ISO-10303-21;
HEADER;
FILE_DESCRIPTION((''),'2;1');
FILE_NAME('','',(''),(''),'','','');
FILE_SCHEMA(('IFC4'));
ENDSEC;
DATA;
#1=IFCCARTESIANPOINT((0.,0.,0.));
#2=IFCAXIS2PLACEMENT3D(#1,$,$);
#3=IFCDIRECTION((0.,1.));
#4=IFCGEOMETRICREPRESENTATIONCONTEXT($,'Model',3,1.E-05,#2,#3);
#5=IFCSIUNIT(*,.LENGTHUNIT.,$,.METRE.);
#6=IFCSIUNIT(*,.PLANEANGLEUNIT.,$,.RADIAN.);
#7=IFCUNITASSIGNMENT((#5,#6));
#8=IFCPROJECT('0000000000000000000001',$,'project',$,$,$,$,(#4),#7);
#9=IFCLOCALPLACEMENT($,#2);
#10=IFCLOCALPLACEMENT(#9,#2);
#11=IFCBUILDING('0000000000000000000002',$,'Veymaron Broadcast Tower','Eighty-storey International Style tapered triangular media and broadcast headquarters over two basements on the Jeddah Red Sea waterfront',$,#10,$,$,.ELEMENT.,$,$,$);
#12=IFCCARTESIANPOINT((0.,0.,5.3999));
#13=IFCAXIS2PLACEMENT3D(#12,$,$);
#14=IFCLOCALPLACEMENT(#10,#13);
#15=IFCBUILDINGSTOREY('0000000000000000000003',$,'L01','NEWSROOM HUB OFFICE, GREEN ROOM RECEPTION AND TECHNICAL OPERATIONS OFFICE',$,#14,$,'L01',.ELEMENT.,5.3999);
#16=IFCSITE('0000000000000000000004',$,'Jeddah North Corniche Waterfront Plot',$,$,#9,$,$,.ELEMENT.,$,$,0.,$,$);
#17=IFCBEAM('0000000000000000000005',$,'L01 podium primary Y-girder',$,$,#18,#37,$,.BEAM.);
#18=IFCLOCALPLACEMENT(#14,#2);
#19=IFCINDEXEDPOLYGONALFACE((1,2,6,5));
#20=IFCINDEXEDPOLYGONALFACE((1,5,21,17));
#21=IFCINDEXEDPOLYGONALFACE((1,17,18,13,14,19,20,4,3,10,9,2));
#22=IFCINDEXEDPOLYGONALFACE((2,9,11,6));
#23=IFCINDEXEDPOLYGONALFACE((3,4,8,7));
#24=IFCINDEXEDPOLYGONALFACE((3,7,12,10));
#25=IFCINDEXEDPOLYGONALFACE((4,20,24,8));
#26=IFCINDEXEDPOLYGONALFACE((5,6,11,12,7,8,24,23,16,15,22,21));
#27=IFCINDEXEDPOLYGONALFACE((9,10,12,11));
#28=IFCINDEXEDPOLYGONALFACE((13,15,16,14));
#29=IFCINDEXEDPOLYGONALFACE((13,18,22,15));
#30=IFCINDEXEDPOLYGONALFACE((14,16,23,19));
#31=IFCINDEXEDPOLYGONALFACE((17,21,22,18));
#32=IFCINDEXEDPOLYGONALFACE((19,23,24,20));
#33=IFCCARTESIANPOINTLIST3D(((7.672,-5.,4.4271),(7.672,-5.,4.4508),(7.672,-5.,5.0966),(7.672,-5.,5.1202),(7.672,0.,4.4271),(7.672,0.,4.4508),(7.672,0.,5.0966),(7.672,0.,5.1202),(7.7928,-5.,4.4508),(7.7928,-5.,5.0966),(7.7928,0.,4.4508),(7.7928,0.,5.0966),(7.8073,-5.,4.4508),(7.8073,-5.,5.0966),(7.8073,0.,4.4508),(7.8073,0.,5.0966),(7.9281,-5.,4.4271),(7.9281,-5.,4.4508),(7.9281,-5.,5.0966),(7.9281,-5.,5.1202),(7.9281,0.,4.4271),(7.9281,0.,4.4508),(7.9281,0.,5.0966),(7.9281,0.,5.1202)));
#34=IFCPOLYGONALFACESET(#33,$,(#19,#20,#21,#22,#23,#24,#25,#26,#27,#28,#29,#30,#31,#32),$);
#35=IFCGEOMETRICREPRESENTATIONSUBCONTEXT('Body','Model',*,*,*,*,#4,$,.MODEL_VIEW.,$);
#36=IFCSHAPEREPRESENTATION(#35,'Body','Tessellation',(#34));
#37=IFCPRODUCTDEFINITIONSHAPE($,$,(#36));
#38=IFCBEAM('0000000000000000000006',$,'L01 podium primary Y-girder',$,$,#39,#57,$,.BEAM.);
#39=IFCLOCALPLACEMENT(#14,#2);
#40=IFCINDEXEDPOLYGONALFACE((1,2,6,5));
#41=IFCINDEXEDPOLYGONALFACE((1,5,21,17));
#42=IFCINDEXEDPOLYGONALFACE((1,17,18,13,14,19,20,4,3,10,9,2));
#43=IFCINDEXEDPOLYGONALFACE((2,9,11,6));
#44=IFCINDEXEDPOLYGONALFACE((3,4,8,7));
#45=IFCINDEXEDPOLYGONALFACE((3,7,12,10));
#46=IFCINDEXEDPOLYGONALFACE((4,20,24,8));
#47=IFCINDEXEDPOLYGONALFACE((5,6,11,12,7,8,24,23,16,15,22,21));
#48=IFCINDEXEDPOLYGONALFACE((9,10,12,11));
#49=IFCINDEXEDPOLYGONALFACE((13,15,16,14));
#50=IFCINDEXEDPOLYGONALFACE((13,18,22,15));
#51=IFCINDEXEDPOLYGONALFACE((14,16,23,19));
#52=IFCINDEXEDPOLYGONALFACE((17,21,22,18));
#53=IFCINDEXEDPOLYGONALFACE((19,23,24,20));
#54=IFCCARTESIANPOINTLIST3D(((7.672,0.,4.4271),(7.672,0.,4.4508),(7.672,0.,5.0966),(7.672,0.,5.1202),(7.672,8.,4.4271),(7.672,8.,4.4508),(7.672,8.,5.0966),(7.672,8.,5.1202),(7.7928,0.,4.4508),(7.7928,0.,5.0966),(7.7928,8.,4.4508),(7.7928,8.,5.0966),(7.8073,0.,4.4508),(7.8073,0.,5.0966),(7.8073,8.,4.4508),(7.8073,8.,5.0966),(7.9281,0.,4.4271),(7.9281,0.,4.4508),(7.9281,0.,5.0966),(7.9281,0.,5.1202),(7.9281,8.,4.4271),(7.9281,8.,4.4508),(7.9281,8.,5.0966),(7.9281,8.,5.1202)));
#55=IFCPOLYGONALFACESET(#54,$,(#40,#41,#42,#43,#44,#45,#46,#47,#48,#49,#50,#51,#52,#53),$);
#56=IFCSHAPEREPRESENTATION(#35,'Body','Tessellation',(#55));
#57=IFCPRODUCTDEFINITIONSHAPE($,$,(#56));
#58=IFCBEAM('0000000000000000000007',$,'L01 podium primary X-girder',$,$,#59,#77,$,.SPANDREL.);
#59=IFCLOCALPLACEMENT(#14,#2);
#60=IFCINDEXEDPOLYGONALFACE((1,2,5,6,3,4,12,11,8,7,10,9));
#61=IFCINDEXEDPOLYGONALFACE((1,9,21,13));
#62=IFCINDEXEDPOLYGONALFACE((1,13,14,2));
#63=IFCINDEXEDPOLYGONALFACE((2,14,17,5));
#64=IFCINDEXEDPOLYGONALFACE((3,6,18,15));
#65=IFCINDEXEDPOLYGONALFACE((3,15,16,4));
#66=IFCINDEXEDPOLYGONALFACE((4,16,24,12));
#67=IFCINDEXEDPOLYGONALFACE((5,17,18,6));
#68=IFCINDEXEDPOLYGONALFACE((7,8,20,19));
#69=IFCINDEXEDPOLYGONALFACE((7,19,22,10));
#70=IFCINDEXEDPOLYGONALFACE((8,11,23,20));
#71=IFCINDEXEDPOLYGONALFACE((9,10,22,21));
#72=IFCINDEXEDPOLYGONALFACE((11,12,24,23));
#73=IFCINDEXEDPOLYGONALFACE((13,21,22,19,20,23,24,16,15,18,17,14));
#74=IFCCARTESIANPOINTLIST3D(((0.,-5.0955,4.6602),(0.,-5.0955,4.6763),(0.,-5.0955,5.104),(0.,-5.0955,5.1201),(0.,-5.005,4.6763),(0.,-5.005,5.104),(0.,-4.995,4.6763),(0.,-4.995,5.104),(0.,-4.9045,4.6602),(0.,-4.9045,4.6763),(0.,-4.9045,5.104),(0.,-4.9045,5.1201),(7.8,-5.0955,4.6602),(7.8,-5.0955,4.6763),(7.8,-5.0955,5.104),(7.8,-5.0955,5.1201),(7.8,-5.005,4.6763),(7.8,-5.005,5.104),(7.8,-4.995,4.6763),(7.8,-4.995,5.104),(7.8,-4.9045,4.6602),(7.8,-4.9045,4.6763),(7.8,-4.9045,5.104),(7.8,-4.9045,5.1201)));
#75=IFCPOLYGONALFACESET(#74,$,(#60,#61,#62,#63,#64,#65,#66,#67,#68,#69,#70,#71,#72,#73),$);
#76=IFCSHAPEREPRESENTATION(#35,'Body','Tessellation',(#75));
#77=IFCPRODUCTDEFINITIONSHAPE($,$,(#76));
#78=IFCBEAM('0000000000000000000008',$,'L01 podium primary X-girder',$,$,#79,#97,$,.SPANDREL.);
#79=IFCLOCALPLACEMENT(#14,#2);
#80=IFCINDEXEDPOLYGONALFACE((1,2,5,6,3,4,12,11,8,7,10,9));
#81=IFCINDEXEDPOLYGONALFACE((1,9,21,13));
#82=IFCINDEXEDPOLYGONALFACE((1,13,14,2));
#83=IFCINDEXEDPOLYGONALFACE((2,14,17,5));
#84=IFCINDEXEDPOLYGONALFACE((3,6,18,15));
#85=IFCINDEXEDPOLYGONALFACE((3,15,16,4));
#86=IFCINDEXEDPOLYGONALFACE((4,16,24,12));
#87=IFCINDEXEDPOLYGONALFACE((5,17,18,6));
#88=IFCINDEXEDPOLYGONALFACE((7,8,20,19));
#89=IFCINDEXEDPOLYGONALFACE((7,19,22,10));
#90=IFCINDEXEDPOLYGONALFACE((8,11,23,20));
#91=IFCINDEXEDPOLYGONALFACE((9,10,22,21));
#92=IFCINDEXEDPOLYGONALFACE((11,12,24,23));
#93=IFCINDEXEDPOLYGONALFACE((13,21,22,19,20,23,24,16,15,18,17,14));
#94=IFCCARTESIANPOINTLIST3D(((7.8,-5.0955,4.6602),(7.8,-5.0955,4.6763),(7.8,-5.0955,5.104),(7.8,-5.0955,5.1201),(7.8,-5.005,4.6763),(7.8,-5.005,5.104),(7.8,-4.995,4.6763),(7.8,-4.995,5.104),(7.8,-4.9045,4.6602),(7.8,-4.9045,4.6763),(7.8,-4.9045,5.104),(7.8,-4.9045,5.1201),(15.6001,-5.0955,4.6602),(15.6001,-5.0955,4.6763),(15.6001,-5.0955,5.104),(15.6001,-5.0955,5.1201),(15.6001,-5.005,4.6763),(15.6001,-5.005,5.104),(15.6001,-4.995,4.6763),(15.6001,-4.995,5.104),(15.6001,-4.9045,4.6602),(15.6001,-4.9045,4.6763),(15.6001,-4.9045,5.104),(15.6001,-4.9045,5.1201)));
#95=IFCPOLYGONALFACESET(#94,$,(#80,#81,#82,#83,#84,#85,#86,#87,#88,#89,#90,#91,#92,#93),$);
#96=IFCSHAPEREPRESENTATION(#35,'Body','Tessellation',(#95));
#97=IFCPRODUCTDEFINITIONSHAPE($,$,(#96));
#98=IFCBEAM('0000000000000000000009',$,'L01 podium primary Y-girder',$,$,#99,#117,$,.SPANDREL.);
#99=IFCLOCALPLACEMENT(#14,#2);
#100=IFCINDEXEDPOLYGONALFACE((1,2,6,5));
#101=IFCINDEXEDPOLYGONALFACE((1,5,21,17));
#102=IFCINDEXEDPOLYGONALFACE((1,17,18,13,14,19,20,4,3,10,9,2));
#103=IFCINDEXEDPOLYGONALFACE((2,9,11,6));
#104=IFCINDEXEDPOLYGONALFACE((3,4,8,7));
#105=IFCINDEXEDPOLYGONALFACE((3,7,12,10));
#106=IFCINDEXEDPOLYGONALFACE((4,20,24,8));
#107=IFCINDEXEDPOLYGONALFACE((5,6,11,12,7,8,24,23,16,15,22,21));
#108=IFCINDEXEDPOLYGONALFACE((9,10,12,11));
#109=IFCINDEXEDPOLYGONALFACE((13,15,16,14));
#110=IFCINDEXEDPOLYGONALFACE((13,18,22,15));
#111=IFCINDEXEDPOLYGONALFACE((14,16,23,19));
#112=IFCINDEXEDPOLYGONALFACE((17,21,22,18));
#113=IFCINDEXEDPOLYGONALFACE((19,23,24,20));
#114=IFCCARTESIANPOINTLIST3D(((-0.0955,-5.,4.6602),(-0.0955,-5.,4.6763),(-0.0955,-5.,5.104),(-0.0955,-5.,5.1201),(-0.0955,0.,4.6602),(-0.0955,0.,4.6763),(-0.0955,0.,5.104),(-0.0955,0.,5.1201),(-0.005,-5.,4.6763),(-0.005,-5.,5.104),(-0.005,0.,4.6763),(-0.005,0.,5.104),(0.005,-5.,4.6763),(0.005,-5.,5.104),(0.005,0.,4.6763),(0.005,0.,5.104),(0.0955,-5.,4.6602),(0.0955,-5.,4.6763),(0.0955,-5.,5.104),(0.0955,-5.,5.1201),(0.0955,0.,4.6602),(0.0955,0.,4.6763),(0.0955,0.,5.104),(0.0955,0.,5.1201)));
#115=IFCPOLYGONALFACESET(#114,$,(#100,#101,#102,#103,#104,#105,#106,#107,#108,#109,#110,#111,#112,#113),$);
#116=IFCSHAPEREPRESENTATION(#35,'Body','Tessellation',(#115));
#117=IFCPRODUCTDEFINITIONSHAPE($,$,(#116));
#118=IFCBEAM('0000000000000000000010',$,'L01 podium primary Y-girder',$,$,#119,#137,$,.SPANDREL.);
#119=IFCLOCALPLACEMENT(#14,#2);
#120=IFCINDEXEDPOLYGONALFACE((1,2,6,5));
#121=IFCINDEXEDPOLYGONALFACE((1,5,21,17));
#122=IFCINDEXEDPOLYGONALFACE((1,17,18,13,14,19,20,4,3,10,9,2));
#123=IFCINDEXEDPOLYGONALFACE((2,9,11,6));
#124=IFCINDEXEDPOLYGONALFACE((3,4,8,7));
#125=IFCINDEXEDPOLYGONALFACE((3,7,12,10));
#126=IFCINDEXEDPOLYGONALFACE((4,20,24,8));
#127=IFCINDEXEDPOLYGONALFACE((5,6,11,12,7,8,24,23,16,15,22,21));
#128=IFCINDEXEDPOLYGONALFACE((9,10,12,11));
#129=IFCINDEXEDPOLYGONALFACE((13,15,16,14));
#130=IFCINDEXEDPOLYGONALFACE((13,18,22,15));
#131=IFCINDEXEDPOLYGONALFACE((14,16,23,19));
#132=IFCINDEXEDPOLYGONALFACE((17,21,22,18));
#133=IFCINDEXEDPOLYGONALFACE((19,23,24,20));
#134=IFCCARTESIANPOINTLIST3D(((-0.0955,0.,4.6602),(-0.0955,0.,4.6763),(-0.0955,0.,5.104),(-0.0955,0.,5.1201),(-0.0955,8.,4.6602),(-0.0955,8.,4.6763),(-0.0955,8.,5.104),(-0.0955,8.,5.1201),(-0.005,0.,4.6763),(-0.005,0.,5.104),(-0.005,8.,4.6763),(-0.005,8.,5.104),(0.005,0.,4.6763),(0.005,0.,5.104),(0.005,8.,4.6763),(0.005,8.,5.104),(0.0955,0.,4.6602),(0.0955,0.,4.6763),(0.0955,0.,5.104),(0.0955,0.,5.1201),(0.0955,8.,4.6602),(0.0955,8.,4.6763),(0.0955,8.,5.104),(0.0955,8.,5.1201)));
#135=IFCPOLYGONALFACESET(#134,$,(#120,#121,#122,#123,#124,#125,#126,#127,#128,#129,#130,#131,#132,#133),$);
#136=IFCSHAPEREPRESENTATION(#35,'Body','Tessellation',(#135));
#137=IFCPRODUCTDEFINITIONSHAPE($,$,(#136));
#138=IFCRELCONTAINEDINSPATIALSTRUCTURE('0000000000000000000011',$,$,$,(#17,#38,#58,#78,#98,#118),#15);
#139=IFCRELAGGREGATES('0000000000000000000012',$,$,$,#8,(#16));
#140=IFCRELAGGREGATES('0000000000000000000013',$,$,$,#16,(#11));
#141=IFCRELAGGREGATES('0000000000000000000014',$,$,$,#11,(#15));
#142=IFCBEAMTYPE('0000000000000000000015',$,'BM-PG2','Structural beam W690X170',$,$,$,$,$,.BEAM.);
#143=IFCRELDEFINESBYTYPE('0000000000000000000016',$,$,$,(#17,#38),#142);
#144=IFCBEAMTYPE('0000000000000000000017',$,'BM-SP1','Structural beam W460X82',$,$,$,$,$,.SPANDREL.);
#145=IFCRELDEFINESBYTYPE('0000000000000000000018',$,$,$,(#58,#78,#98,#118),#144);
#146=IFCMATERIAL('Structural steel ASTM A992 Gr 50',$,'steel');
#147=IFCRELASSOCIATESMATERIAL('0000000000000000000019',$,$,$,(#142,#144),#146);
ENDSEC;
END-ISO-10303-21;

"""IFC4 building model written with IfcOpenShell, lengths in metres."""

from ifc_helpers import new_model, si_unit, direction, frame, origin, origin_2d, place, context, subcontext, project, spatial, i_section, extrude, material, material_profile, profile_set, type_object, element, save


model = new_model("IFC4")

# Units and contexts
model_context = context("Model", 3, precision=1e-05, world=origin(), true_north=direction((0.0, 1.0)))
body_context = subcontext(model_context, "Body", "Model", "MODEL_VIEW")
ifc_project = project(units=[si_unit("LENGTHUNIT", "METRE"), si_unit("PLANEANGLEUNIT", "RADIAN")], contexts=[model_context])

# Site, building, storey
site_placement = place(None, origin())
site = spatial("IfcSite", under=ifc_project, at=site_placement, Name="Jeddah North Corniche Waterfront Plot", CompositionType="ELEMENT", RefElevation=0.0)
building_placement = place(site_placement, origin())
building = spatial("IfcBuilding", under=site, at=building_placement, Name="Veymaron Broadcast Tower", Description="Eighty-storey International Style tapered triangular media and broadcast headquarters over two basements on the Jeddah Red Sea waterfront", CompositionType="ELEMENT")
storey_placement = place(building_placement, frame((0.0, 0.0, 5.3999)))
storey = spatial("IfcBuildingStorey", under=building, at=storey_placement, Name="L01", Description="NEWSROOM HUB OFFICE, GREEN ROOM RECEPTION AND TECHNICAL OPERATIONS OFFICE", LongName="L01", CompositionType="ELEMENT", Elevation=5.3999)

# Shared definitions
ifc_material_1 = material(Name="Structural steel ASTM A992 Gr 50", Category="steel")

# Beams
ifc_material_profile_1 = material_profile(ifc_material_1, i_section(OverallWidth=0.2561, OverallDepth=0.6931, WebThickness=0.0144, FlangeThickness=0.0237, at=origin_2d()), Name="W690X170")
ifc_profile_set_1 = profile_set([ifc_material_profile_1], Name="Structural steel ASTM A992 Gr 50")
beam_type_1 = type_object("IfcBeamType", Name="BM-PG2", Description="Structural beam W690X170", PredefinedType="BEAM", material=ifc_profile_set_1)
beam_1_placement = place(storey_placement, frame((7.8, -5.0, 4.7737), z_axis=(0.0, 1.0, 0.0), x_axis=(-1.0, 0.0, 0.0)))
element("IfcBeam", 1, at=beam_1_placement, inside=storey, type_object=beam_type_1, Name="L01 podium primary Y-girder", PredefinedType="BEAM", context=body_context, shape_type="SweptSolid", body=[
    extrude(i_section(OverallWidth=0.2561, OverallDepth=0.6931, WebThickness=0.0144, FlangeThickness=0.0237, at=origin_2d()), origin(), (0.0, 0.0, 1.0), 5.0),
])
beam_2_placement = place(storey_placement, frame((7.8, 0.0, 4.7737), z_axis=(0.0, 1.0, 0.0), x_axis=(-1.0, 0.0, 0.0)))
element("IfcBeam", 2, at=beam_2_placement, inside=storey, type_object=beam_type_1, Name="L01 podium primary Y-girder", PredefinedType="BEAM", context=body_context, shape_type="SweptSolid", body=[
    extrude(i_section(OverallWidth=0.2561, OverallDepth=0.6931, WebThickness=0.0144, FlangeThickness=0.0237, at=origin_2d()), origin(), (0.0, 0.0, 1.0), 8.0),
])
ifc_material_profile_2 = material_profile(ifc_material_1, i_section(OverallWidth=0.1909, OverallDepth=0.46, WebThickness=0.01, FlangeThickness=0.0161, at=origin_2d()), Name="W460X82")
ifc_profile_set_2 = profile_set([ifc_material_profile_2], Name="Structural steel ASTM A992 Gr 50")
beam_type_2 = type_object("IfcBeamType", Name="BM-SP1", Description="Structural beam W460X82", PredefinedType="SPANDREL", material=ifc_profile_set_2)
for number, where, z_axis, x_axis, name in (
    (3, (0.0, -5.0, 4.8901), (1.0, 0.0, 0.0), (0.0, 1.0, 0.0), "L01 podium primary X-girder"),
    (4, (7.8, -5.0, 4.8901), (1.0, 0.0, 0.0), (0.0, 1.0, 0.0), "L01 podium primary X-girder"),
):
    element("IfcBeam", number, at=place(storey_placement, frame(where, z_axis=z_axis, x_axis=x_axis)), inside=storey, type_object=beam_type_2, Name=name, PredefinedType="SPANDREL", context=body_context, shape_type="SweptSolid", body=[
        extrude(i_section(OverallWidth=0.1909, OverallDepth=0.46, WebThickness=0.01, FlangeThickness=0.0161, at=origin_2d()), origin(), (0.0, 0.0, 1.0), 7.8),
    ])
beam_3_placement = place(storey_placement, frame((0.0, -5.0, 4.8901), z_axis=(0.0, 1.0, 0.0), x_axis=(-1.0, 0.0, 0.0)))
element("IfcBeam", 5, at=beam_3_placement, inside=storey, type_object=beam_type_2, Name="L01 podium primary Y-girder", PredefinedType="SPANDREL", context=body_context, shape_type="SweptSolid", body=[
    extrude(i_section(OverallWidth=0.1909, OverallDepth=0.46, WebThickness=0.01, FlangeThickness=0.0161, at=origin_2d()), origin(), (0.0, 0.0, 1.0), 5.0),
])
beam_4_placement = place(storey_placement, frame((0.0, 0.0, 4.8901), z_axis=(0.0, 1.0, 0.0), x_axis=(-1.0, 0.0, 0.0)))
element("IfcBeam", 6, at=beam_4_placement, inside=storey, type_object=beam_type_2, Name="L01 podium primary Y-girder", PredefinedType="SPANDREL", context=body_context, shape_type="SweptSolid", body=[
    extrude(i_section(OverallWidth=0.1909, OverallDepth=0.46, WebThickness=0.01, FlangeThickness=0.0161, at=origin_2d()), origin(), (0.0, 0.0, 1.0), 8.0),
])

save(model, "model.ifc")
